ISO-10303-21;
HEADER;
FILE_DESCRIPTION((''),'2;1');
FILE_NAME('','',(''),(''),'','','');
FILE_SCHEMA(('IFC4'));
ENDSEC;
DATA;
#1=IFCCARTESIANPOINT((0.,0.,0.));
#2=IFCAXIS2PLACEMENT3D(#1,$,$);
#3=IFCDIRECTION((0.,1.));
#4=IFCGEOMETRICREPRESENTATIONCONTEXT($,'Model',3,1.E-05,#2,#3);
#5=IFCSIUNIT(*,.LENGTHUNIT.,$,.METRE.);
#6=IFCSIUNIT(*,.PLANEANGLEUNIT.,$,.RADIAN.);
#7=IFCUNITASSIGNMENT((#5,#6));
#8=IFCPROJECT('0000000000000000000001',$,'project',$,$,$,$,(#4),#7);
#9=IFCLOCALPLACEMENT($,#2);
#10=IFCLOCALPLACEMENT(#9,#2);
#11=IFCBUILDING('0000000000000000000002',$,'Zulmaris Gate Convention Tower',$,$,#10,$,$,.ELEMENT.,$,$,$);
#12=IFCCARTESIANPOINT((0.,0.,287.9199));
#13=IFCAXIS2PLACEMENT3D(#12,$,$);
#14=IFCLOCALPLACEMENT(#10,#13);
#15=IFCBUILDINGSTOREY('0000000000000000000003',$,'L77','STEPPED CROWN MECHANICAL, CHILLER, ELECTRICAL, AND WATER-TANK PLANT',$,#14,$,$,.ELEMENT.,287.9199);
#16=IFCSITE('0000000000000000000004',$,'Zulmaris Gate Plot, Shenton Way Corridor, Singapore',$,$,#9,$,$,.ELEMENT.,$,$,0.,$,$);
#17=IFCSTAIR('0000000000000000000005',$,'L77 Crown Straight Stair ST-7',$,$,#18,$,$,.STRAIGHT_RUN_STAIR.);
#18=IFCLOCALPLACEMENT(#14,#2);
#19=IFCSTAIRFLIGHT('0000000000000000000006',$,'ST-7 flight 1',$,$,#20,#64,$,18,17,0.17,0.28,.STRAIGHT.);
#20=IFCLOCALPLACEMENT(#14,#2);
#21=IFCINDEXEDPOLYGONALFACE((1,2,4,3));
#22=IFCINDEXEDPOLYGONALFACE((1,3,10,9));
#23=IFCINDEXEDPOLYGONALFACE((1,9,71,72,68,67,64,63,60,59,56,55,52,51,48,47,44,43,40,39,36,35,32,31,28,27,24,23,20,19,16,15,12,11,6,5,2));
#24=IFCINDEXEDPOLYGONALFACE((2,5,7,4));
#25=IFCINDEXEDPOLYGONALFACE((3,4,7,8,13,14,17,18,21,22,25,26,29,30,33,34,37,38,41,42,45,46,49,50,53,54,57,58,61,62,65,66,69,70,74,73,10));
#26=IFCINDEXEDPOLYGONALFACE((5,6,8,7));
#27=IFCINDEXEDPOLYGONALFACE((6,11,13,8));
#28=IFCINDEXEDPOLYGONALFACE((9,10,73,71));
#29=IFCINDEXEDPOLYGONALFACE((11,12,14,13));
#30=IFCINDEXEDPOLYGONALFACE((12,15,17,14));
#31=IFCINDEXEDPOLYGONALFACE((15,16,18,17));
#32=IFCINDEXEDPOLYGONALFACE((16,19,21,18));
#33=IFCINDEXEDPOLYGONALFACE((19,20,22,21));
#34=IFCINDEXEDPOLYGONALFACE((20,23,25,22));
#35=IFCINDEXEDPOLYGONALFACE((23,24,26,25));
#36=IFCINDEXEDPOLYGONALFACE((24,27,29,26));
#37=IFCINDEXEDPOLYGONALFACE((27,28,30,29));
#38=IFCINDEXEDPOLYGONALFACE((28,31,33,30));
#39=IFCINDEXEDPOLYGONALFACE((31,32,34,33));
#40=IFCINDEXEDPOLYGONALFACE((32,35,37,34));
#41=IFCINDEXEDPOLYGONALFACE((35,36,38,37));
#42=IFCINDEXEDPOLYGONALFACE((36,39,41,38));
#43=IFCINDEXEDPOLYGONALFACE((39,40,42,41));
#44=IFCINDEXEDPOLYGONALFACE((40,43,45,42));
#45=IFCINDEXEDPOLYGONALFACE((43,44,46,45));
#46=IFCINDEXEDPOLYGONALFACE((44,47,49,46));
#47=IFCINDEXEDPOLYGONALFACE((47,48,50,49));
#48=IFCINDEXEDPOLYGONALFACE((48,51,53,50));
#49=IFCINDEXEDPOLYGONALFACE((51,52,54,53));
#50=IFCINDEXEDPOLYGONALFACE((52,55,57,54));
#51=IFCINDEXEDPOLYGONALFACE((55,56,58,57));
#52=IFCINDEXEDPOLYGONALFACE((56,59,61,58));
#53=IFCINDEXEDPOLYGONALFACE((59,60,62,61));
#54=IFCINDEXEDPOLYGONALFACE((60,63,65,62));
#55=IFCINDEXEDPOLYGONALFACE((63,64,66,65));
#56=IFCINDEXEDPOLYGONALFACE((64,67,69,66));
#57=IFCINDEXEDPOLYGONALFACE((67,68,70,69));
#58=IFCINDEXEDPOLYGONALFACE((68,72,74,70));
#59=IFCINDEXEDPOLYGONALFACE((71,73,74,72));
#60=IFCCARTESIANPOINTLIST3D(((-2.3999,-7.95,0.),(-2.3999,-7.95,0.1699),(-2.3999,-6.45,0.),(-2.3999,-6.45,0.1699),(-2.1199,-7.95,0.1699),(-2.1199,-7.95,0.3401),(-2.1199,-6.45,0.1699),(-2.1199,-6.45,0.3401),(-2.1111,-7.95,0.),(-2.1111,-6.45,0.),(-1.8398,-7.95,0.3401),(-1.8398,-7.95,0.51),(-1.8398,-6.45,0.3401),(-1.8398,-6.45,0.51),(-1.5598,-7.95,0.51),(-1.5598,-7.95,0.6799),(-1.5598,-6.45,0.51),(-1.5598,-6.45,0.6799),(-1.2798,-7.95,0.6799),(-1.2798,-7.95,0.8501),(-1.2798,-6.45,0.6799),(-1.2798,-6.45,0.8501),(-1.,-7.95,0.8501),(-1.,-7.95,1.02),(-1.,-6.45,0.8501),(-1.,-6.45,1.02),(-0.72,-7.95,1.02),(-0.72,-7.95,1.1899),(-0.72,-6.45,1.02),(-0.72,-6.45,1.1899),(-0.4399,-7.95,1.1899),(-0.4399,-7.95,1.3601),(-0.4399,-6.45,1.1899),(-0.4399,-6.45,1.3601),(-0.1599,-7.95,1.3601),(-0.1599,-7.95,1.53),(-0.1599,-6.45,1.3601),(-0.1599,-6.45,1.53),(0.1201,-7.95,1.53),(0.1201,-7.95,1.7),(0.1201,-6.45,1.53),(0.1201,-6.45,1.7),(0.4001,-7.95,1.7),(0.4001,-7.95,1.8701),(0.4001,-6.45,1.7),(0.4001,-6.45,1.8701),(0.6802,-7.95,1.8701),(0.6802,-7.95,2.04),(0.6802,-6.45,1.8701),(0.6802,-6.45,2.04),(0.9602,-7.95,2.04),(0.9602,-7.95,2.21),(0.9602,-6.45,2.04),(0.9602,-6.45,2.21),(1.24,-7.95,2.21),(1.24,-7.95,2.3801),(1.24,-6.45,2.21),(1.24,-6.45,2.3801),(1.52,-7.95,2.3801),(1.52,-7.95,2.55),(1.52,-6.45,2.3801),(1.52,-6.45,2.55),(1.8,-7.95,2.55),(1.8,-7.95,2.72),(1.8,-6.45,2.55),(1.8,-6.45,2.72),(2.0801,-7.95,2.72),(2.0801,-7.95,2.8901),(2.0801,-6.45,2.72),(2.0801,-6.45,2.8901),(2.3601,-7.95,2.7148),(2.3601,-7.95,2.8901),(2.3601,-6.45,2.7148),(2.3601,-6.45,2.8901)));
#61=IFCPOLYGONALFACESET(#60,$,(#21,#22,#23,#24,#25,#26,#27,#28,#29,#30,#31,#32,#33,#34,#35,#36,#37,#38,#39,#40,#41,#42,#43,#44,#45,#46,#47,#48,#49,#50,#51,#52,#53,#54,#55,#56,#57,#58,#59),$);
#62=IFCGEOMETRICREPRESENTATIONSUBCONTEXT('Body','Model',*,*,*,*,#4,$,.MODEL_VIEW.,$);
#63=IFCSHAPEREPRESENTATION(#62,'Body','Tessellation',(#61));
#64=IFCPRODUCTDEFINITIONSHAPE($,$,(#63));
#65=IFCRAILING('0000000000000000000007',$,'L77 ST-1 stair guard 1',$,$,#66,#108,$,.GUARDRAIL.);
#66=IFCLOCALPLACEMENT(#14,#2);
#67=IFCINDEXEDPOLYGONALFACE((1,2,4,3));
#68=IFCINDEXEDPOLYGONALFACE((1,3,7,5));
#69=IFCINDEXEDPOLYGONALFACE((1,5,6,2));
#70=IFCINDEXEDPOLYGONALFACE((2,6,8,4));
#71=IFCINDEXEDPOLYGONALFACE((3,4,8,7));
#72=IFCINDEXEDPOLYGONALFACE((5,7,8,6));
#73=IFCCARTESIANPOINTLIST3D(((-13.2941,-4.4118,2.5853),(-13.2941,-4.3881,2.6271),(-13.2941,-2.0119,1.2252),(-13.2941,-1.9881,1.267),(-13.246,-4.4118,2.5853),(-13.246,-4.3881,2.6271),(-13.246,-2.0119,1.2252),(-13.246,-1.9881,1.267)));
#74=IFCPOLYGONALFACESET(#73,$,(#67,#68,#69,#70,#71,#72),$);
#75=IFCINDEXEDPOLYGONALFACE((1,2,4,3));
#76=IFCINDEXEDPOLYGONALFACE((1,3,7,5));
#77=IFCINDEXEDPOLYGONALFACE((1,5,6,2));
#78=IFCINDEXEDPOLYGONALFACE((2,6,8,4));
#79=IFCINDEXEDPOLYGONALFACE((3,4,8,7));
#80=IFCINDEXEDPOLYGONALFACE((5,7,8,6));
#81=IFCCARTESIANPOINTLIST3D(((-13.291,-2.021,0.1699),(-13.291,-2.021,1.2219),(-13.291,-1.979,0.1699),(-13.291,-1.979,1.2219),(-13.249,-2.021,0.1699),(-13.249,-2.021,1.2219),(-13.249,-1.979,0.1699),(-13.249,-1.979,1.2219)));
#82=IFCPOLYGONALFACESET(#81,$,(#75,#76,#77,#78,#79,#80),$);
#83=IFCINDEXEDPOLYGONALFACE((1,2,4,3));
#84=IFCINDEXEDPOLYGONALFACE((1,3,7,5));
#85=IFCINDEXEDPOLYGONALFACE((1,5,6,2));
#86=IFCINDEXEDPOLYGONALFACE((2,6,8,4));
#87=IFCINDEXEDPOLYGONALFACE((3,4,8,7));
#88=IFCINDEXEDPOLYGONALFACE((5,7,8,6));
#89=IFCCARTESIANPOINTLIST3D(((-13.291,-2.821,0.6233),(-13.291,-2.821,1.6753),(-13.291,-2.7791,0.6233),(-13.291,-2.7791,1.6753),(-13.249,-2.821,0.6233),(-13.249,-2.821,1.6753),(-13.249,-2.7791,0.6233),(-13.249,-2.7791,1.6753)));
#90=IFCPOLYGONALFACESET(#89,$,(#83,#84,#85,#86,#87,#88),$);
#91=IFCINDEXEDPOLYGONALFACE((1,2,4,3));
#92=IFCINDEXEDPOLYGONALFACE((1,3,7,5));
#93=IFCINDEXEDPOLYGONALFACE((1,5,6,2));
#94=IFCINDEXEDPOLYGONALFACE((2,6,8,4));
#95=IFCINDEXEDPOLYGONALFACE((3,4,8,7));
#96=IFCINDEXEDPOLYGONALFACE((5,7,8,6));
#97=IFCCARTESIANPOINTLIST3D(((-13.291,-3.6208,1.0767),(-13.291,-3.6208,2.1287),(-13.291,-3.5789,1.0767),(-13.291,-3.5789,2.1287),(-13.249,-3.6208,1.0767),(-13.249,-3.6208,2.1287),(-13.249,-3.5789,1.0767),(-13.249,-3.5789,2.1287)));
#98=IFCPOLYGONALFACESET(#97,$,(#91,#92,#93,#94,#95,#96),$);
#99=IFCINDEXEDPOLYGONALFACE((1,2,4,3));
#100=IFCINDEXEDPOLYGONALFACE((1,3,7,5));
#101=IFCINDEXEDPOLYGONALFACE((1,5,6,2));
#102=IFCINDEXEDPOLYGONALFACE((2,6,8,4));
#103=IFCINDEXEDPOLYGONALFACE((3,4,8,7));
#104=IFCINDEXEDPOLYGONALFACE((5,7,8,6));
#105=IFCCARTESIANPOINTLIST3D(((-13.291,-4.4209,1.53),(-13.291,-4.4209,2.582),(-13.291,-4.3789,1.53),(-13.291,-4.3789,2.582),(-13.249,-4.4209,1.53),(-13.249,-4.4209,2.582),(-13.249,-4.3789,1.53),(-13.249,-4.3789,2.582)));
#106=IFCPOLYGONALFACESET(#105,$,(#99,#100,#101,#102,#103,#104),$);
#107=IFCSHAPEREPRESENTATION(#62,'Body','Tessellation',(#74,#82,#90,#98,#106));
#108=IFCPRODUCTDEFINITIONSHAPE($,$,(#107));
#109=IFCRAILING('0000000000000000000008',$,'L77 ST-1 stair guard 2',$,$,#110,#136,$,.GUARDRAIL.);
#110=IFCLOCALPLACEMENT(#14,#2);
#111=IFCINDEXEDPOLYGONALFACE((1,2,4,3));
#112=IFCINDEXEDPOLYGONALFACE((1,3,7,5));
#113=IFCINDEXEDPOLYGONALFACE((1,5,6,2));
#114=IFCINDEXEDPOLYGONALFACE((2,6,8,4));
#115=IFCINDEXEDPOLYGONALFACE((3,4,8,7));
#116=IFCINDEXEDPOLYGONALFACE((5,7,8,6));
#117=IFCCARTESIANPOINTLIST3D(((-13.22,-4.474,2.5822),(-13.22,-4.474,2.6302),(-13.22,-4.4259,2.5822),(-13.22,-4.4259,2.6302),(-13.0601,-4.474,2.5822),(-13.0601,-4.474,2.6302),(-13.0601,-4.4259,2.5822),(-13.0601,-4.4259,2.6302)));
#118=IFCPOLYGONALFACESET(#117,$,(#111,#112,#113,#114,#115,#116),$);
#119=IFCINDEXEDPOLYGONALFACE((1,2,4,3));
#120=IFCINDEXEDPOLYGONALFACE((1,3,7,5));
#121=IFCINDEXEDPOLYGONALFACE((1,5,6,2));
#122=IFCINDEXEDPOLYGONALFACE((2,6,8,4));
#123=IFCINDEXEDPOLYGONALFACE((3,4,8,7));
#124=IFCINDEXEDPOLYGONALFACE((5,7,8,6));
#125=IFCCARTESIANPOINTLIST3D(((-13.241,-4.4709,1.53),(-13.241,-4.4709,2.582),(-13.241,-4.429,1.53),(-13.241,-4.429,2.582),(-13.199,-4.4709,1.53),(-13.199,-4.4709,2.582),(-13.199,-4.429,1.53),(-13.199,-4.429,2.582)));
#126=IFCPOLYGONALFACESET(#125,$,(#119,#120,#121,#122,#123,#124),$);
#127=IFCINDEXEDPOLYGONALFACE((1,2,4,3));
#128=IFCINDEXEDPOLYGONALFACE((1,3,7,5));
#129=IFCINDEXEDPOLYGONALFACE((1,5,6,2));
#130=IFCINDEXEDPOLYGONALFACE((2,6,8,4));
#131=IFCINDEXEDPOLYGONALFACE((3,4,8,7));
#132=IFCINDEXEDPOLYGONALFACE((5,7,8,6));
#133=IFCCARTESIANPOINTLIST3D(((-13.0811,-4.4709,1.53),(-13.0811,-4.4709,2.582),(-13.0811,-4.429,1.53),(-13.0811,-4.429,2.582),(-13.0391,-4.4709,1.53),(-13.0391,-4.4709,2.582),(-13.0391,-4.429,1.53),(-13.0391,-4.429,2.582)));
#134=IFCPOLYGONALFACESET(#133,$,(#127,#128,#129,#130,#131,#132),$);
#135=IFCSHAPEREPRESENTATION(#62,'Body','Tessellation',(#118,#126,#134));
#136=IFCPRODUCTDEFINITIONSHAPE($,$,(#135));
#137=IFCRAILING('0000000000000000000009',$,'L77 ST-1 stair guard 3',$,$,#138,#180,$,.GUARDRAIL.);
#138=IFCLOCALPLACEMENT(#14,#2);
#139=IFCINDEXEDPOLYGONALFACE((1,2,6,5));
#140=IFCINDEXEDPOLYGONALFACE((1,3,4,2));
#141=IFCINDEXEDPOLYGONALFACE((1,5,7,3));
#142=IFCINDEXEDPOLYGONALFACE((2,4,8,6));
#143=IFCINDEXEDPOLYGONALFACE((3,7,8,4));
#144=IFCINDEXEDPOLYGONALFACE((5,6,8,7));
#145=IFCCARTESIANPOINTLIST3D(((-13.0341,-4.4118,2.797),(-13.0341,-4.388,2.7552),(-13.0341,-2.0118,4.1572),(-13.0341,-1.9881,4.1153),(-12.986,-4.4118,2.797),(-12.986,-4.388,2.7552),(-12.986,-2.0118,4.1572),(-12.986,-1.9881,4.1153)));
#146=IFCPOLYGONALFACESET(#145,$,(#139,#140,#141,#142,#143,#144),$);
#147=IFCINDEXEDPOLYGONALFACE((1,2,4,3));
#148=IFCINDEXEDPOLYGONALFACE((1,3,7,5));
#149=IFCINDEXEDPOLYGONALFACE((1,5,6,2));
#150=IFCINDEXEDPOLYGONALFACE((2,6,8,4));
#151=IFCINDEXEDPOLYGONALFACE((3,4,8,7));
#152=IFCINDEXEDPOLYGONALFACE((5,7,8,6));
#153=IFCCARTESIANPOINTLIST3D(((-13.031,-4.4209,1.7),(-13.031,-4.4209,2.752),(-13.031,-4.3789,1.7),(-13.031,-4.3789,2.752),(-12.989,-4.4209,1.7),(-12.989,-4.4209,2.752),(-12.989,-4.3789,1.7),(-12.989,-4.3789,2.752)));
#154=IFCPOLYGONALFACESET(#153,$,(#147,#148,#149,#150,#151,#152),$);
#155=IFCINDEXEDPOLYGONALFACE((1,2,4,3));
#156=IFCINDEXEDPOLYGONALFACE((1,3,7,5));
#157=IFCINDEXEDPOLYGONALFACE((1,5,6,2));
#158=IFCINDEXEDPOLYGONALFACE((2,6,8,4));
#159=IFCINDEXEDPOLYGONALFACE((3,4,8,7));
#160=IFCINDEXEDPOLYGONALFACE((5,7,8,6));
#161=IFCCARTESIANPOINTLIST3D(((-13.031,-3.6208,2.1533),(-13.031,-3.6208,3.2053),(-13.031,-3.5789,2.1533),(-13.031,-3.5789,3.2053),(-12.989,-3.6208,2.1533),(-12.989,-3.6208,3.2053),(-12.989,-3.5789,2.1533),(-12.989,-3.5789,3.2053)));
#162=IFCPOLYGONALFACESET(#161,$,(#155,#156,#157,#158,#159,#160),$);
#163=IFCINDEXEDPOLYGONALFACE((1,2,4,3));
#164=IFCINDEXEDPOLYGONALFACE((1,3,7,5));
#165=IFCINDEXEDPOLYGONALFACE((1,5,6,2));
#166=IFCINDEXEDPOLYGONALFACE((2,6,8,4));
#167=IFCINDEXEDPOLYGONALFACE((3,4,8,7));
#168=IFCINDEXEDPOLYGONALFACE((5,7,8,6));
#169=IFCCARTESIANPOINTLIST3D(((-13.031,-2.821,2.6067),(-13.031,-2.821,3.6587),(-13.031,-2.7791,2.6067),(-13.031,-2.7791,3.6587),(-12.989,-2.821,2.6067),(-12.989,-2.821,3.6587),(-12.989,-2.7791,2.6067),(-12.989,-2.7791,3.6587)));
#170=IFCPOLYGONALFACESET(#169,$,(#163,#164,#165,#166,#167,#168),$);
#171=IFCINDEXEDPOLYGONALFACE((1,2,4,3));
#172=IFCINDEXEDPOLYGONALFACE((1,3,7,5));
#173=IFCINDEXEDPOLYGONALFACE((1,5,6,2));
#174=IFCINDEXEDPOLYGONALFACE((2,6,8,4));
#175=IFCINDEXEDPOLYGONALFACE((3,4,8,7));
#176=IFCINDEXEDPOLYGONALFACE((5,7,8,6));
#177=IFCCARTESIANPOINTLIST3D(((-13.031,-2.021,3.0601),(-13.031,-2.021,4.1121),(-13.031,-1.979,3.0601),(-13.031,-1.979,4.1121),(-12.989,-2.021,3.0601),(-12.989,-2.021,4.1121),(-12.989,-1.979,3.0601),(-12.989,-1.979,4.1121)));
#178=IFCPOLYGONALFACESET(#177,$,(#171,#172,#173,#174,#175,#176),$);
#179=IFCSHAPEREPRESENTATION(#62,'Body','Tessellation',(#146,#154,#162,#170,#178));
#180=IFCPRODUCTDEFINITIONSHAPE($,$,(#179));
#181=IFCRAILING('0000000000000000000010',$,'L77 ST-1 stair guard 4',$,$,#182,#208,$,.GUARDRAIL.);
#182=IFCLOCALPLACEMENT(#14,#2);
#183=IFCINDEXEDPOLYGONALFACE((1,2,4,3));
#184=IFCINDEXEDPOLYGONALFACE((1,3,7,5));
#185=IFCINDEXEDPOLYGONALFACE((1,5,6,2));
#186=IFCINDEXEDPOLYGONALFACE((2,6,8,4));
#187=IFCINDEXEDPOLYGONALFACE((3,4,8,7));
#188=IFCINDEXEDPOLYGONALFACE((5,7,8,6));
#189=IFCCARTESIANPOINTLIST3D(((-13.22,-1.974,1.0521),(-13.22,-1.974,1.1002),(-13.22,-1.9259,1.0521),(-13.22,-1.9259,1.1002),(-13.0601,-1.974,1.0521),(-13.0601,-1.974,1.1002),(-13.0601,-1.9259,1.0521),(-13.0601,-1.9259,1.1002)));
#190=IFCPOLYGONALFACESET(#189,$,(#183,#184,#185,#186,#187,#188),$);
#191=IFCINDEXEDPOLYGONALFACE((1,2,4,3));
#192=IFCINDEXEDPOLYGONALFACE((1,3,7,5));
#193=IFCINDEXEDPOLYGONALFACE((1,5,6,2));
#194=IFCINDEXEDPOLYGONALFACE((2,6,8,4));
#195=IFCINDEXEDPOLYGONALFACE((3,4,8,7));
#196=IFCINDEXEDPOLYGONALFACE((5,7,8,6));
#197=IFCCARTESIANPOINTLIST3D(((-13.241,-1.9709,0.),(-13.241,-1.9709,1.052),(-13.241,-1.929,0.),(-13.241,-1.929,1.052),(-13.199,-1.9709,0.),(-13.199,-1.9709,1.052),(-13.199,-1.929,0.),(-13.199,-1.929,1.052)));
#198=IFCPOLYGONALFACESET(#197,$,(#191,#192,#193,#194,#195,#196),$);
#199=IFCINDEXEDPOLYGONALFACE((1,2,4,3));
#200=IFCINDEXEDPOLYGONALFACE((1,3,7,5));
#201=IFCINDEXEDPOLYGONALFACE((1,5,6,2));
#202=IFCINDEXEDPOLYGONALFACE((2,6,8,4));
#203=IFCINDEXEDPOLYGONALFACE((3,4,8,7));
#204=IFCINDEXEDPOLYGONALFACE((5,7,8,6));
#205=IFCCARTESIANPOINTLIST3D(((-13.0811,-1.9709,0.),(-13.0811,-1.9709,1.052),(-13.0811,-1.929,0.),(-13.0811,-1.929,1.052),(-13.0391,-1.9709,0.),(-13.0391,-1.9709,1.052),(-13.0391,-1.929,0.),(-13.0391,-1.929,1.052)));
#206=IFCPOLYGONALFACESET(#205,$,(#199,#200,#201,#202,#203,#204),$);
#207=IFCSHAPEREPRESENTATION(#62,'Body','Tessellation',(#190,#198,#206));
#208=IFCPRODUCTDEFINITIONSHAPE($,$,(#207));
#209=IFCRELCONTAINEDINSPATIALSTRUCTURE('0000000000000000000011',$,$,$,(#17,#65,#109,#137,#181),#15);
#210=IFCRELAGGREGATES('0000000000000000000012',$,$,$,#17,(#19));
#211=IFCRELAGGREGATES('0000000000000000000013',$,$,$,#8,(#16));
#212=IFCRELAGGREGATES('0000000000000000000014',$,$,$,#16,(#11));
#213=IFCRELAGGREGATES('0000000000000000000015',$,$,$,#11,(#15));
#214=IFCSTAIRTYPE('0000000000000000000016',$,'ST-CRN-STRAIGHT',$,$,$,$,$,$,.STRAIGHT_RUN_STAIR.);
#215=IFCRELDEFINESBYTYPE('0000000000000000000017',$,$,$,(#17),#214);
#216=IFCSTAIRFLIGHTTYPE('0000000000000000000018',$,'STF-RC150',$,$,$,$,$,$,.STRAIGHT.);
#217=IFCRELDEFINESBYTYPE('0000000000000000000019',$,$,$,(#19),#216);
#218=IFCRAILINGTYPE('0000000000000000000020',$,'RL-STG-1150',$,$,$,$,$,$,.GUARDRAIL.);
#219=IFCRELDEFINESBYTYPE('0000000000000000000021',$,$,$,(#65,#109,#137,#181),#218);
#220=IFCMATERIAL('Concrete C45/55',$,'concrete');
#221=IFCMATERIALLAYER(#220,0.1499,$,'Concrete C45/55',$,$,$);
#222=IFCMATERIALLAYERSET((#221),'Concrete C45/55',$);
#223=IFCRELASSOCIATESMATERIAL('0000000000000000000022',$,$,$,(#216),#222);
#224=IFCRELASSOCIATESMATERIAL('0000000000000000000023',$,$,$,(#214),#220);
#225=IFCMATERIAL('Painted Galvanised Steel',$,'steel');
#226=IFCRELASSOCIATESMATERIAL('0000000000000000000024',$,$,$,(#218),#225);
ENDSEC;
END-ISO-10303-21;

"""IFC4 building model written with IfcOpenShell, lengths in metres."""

from ifc_helpers import new_model, si_unit, direction, frame, origin, origin_2d, place, context, subcontext, project, spatial, polyline, rectangle, outline, extrude, material, layer, layer_set, type_object, element, aggregate, save


model = new_model("IFC4")

# Units and contexts
model_context = context("Model", 3, precision=1e-05, world=origin(), true_north=direction((0.0, 1.0)))
body_context = subcontext(model_context, "Body", "Model", "MODEL_VIEW")
ifc_project = project(units=[si_unit("LENGTHUNIT", "METRE"), si_unit("PLANEANGLEUNIT", "RADIAN")], contexts=[model_context])

# Site, building, storey
site_placement = place(None, origin())
site = spatial("IfcSite", under=ifc_project, at=site_placement, Name="Zulmaris Gate Plot, Shenton Way Corridor, Singapore", CompositionType="ELEMENT", RefElevation=0.0)
building_placement = place(site_placement, origin())
building = spatial("IfcBuilding", under=site, at=building_placement, Name="Zulmaris Gate Convention Tower", CompositionType="ELEMENT")
storey_placement = place(building_placement, frame((0.0, 0.0, 287.9199)))
storey = spatial("IfcBuildingStorey", under=building, at=storey_placement, Name="L77", Description="STEPPED CROWN MECHANICAL, CHILLER, ELECTRICAL, AND WATER-TANK PLANT", CompositionType="ELEMENT", Elevation=287.9199)

# Shared definitions
ifc_material_1 = material(Name="Concrete C45/55", Category="concrete")
ifc_layer_1 = layer(ifc_material_1, 0.1499, Name="Concrete C45/55")
ifc_layer_set_1 = layer_set([ifc_layer_1], Name="Concrete C45/55")
stair_flight_type = type_object("IfcStairFlightType", Name="STF-RC150", PredefinedType="STRAIGHT", material=ifc_layer_set_1)

# Stair, stair flight
stair_type_1 = type_object("IfcStairType", Name="ST-CRN-STRAIGHT", PredefinedType="STRAIGHT_RUN_STAIR", material=ifc_material_1)
stair_1_placement = place(storey_placement, origin())
stair_1 = element("IfcStair", 1, at=stair_1_placement, inside=storey, type_object=stair_type_1, Name="L77 Crown Straight Stair ST-7", PredefinedType="STRAIGHT_RUN_STAIR")
stair_flight_1_placement = place(storey_placement, frame((-2.3999, -7.2, 0.0), z_axis=(0.0, 0.0, 1.0), x_axis=(1.0, 0.0, 0.0)))
stair_flight_1 = element("IfcStairFlight", 2, at=stair_flight_1_placement, type_object=stair_flight_type, Name="ST-7 flight 1", NumberOfRisers=18, NumberOfTreads=17, PredefinedType="STRAIGHT", RiserHeight=0.17, TreadLength=0.28, context=body_context, shape_type="SweptSolid", body=[
    extrude(outline(polyline([(0.0, 0.0), (0.0, 0.1699), (0.28, 0.1699), (0.28, 0.3401), (0.5601, 0.3401), (0.5601, 0.51), (0.8401, 0.51), (0.8401, 0.6799), (1.1201, 0.6799), (1.1201, 0.8501), (1.3999, 0.8501), (1.3999, 1.02), (1.6799, 1.02), (1.6799, 1.1899), (1.96, 1.1899), (1.96, 1.3601), (2.24, 1.3601), (2.24, 1.53), (2.52, 1.53), (2.52, 1.7), (2.8, 1.7), (2.8, 1.8701), (3.0801, 1.8701), (3.0801, 2.04), (3.3601, 2.04), (3.3601, 2.21), (3.6399, 2.21), (3.6399, 2.3801), (3.9199, 2.3801), (3.9199, 2.55), (4.2, 2.55), (4.2, 2.72), (4.48, 2.72), (4.48, 2.8901), (4.76, 2.8901), (4.76, 3.0601), (4.76, 2.7148), (0.2888, 0.0), (0.0, 0.0)])), frame((0.0, 0.75, 0.0), z_axis=(0.0, -1.0, 0.0), x_axis=(1.0, 0.0, 0.0)), (0.0, 0.0, 1.0), 1.5),
])
aggregate(stair_1, [stair_flight_1])

# Railings
ifc_material_2 = material(Name="Painted Galvanised Steel", Category="steel")
railing_type_1 = type_object("IfcRailingType", Name="RL-STG-1150", PredefinedType="GUARDRAIL", material=ifc_material_2)
railing_1_placement = place(storey_placement, frame((-13.27, -2.0, 0.1699)))
element("IfcRailing", 3, at=railing_1_placement, inside=storey, type_object=railing_type_1, Name="L77 ST-1 stair guard 1", PredefinedType="GUARDRAIL", context=body_context, shape_type="SweptSolid", body=[
    extrude(rectangle(XDim=0.0481, YDim=0.0481, at=origin_2d()), frame((0.0, 0.0, 1.0762), z_axis=(0.0, -0.869997, 0.493057), x_axis=(1.0, 0.0, 0.0)), (0.0, 0.0, 1.0), 2.7585),
    extrude(rectangle(XDim=0.042, YDim=0.042, at=origin_2d()), origin(), (0.0, 0.0, 1.0), 1.052),
    extrude(rectangle(XDim=0.042, YDim=0.042, at=origin_2d()), frame((0.0, -0.8, 0.4534)), (0.0, 0.0, 1.0), 1.052),
    extrude(rectangle(XDim=0.042, YDim=0.042, at=origin_2d()), frame((0.0, -1.5999, 0.9067)), (0.0, 0.0, 1.0), 1.052),
    extrude(rectangle(XDim=0.042, YDim=0.042, at=origin_2d()), frame((0.0, -2.3999, 1.3601)), (0.0, 0.0, 1.0), 1.052),
])
railing_2_placement = place(storey_placement, frame((-13.22, -4.45, 1.53)))
element("IfcRailing", 4, at=railing_2_placement, inside=storey, type_object=railing_type_1, Name="L77 ST-1 stair guard 2", PredefinedType="GUARDRAIL", context=body_context, shape_type="SweptSolid", body=[
    extrude(rectangle(XDim=0.0481, YDim=0.0481, at=origin_2d()), frame((0.0, 0.0, 1.0762), z_axis=(1.0, 0.0, 0.0), x_axis=(0.0, 1.0, 0.0)), (0.0, 0.0, 1.0), 0.1599),
    extrude(rectangle(XDim=0.042, YDim=0.042, at=origin_2d()), origin(), (0.0, 0.0, 1.0), 1.052),
    extrude(rectangle(XDim=0.042, YDim=0.042, at=origin_2d()), frame((0.1599, 0.0, 0.0)), (0.0, 0.0, 1.0), 1.052),
])
railing_3_placement = place(storey_placement, frame((-13.01, -4.3999, 1.7)))
element("IfcRailing", 5, at=railing_3_placement, inside=storey, type_object=railing_type_1, Name="L77 ST-1 stair guard 3", PredefinedType="GUARDRAIL", context=body_context, shape_type="SweptSolid", body=[
    extrude(rectangle(XDim=0.0481, YDim=0.0481, at=origin_2d()), frame((0.0, 0.0, 1.0762), z_axis=(0.0, 0.869997, 0.493057), x_axis=(-1.0, 0.0, 0.0)), (0.0, 0.0, 1.0), 2.7585),
    extrude(rectangle(XDim=0.042, YDim=0.042, at=origin_2d()), origin(), (0.0, 0.0, 1.0), 1.052),
    extrude(rectangle(XDim=0.042, YDim=0.042, at=origin_2d()), frame((0.0, 0.8, 0.4534)), (0.0, 0.0, 1.0), 1.052),
    extrude(rectangle(XDim=0.042, YDim=0.042, at=origin_2d()), frame((0.0, 1.5999, 0.9067)), (0.0, 0.0, 1.0), 1.052),
    extrude(rectangle(XDim=0.042, YDim=0.042, at=origin_2d()), frame((0.0, 2.3999, 1.3601)), (0.0, 0.0, 1.0), 1.052),
])
railing_4_placement = place(storey_placement, frame((-13.22, -1.95, 0.0)))
element("IfcRailing", 6, at=railing_4_placement, inside=storey, type_object=railing_type_1, Name="L77 ST-1 stair guard 4", PredefinedType="GUARDRAIL", context=body_context, shape_type="SweptSolid", body=[
    extrude(rectangle(XDim=0.0481, YDim=0.0481, at=origin_2d()), frame((0.0, 0.0, 1.0762), z_axis=(1.0, 0.0, 0.0), x_axis=(0.0, 1.0, 0.0)), (0.0, 0.0, 1.0), 0.1599),
    extrude(rectangle(XDim=0.042, YDim=0.042, at=origin_2d()), origin(), (0.0, 0.0, 1.0), 1.052),
    extrude(rectangle(XDim=0.042, YDim=0.042, at=origin_2d()), frame((0.1599, 0.0, 0.0)), (0.0, 0.0, 1.0), 1.052),
])

save(model, "model.ifc")
